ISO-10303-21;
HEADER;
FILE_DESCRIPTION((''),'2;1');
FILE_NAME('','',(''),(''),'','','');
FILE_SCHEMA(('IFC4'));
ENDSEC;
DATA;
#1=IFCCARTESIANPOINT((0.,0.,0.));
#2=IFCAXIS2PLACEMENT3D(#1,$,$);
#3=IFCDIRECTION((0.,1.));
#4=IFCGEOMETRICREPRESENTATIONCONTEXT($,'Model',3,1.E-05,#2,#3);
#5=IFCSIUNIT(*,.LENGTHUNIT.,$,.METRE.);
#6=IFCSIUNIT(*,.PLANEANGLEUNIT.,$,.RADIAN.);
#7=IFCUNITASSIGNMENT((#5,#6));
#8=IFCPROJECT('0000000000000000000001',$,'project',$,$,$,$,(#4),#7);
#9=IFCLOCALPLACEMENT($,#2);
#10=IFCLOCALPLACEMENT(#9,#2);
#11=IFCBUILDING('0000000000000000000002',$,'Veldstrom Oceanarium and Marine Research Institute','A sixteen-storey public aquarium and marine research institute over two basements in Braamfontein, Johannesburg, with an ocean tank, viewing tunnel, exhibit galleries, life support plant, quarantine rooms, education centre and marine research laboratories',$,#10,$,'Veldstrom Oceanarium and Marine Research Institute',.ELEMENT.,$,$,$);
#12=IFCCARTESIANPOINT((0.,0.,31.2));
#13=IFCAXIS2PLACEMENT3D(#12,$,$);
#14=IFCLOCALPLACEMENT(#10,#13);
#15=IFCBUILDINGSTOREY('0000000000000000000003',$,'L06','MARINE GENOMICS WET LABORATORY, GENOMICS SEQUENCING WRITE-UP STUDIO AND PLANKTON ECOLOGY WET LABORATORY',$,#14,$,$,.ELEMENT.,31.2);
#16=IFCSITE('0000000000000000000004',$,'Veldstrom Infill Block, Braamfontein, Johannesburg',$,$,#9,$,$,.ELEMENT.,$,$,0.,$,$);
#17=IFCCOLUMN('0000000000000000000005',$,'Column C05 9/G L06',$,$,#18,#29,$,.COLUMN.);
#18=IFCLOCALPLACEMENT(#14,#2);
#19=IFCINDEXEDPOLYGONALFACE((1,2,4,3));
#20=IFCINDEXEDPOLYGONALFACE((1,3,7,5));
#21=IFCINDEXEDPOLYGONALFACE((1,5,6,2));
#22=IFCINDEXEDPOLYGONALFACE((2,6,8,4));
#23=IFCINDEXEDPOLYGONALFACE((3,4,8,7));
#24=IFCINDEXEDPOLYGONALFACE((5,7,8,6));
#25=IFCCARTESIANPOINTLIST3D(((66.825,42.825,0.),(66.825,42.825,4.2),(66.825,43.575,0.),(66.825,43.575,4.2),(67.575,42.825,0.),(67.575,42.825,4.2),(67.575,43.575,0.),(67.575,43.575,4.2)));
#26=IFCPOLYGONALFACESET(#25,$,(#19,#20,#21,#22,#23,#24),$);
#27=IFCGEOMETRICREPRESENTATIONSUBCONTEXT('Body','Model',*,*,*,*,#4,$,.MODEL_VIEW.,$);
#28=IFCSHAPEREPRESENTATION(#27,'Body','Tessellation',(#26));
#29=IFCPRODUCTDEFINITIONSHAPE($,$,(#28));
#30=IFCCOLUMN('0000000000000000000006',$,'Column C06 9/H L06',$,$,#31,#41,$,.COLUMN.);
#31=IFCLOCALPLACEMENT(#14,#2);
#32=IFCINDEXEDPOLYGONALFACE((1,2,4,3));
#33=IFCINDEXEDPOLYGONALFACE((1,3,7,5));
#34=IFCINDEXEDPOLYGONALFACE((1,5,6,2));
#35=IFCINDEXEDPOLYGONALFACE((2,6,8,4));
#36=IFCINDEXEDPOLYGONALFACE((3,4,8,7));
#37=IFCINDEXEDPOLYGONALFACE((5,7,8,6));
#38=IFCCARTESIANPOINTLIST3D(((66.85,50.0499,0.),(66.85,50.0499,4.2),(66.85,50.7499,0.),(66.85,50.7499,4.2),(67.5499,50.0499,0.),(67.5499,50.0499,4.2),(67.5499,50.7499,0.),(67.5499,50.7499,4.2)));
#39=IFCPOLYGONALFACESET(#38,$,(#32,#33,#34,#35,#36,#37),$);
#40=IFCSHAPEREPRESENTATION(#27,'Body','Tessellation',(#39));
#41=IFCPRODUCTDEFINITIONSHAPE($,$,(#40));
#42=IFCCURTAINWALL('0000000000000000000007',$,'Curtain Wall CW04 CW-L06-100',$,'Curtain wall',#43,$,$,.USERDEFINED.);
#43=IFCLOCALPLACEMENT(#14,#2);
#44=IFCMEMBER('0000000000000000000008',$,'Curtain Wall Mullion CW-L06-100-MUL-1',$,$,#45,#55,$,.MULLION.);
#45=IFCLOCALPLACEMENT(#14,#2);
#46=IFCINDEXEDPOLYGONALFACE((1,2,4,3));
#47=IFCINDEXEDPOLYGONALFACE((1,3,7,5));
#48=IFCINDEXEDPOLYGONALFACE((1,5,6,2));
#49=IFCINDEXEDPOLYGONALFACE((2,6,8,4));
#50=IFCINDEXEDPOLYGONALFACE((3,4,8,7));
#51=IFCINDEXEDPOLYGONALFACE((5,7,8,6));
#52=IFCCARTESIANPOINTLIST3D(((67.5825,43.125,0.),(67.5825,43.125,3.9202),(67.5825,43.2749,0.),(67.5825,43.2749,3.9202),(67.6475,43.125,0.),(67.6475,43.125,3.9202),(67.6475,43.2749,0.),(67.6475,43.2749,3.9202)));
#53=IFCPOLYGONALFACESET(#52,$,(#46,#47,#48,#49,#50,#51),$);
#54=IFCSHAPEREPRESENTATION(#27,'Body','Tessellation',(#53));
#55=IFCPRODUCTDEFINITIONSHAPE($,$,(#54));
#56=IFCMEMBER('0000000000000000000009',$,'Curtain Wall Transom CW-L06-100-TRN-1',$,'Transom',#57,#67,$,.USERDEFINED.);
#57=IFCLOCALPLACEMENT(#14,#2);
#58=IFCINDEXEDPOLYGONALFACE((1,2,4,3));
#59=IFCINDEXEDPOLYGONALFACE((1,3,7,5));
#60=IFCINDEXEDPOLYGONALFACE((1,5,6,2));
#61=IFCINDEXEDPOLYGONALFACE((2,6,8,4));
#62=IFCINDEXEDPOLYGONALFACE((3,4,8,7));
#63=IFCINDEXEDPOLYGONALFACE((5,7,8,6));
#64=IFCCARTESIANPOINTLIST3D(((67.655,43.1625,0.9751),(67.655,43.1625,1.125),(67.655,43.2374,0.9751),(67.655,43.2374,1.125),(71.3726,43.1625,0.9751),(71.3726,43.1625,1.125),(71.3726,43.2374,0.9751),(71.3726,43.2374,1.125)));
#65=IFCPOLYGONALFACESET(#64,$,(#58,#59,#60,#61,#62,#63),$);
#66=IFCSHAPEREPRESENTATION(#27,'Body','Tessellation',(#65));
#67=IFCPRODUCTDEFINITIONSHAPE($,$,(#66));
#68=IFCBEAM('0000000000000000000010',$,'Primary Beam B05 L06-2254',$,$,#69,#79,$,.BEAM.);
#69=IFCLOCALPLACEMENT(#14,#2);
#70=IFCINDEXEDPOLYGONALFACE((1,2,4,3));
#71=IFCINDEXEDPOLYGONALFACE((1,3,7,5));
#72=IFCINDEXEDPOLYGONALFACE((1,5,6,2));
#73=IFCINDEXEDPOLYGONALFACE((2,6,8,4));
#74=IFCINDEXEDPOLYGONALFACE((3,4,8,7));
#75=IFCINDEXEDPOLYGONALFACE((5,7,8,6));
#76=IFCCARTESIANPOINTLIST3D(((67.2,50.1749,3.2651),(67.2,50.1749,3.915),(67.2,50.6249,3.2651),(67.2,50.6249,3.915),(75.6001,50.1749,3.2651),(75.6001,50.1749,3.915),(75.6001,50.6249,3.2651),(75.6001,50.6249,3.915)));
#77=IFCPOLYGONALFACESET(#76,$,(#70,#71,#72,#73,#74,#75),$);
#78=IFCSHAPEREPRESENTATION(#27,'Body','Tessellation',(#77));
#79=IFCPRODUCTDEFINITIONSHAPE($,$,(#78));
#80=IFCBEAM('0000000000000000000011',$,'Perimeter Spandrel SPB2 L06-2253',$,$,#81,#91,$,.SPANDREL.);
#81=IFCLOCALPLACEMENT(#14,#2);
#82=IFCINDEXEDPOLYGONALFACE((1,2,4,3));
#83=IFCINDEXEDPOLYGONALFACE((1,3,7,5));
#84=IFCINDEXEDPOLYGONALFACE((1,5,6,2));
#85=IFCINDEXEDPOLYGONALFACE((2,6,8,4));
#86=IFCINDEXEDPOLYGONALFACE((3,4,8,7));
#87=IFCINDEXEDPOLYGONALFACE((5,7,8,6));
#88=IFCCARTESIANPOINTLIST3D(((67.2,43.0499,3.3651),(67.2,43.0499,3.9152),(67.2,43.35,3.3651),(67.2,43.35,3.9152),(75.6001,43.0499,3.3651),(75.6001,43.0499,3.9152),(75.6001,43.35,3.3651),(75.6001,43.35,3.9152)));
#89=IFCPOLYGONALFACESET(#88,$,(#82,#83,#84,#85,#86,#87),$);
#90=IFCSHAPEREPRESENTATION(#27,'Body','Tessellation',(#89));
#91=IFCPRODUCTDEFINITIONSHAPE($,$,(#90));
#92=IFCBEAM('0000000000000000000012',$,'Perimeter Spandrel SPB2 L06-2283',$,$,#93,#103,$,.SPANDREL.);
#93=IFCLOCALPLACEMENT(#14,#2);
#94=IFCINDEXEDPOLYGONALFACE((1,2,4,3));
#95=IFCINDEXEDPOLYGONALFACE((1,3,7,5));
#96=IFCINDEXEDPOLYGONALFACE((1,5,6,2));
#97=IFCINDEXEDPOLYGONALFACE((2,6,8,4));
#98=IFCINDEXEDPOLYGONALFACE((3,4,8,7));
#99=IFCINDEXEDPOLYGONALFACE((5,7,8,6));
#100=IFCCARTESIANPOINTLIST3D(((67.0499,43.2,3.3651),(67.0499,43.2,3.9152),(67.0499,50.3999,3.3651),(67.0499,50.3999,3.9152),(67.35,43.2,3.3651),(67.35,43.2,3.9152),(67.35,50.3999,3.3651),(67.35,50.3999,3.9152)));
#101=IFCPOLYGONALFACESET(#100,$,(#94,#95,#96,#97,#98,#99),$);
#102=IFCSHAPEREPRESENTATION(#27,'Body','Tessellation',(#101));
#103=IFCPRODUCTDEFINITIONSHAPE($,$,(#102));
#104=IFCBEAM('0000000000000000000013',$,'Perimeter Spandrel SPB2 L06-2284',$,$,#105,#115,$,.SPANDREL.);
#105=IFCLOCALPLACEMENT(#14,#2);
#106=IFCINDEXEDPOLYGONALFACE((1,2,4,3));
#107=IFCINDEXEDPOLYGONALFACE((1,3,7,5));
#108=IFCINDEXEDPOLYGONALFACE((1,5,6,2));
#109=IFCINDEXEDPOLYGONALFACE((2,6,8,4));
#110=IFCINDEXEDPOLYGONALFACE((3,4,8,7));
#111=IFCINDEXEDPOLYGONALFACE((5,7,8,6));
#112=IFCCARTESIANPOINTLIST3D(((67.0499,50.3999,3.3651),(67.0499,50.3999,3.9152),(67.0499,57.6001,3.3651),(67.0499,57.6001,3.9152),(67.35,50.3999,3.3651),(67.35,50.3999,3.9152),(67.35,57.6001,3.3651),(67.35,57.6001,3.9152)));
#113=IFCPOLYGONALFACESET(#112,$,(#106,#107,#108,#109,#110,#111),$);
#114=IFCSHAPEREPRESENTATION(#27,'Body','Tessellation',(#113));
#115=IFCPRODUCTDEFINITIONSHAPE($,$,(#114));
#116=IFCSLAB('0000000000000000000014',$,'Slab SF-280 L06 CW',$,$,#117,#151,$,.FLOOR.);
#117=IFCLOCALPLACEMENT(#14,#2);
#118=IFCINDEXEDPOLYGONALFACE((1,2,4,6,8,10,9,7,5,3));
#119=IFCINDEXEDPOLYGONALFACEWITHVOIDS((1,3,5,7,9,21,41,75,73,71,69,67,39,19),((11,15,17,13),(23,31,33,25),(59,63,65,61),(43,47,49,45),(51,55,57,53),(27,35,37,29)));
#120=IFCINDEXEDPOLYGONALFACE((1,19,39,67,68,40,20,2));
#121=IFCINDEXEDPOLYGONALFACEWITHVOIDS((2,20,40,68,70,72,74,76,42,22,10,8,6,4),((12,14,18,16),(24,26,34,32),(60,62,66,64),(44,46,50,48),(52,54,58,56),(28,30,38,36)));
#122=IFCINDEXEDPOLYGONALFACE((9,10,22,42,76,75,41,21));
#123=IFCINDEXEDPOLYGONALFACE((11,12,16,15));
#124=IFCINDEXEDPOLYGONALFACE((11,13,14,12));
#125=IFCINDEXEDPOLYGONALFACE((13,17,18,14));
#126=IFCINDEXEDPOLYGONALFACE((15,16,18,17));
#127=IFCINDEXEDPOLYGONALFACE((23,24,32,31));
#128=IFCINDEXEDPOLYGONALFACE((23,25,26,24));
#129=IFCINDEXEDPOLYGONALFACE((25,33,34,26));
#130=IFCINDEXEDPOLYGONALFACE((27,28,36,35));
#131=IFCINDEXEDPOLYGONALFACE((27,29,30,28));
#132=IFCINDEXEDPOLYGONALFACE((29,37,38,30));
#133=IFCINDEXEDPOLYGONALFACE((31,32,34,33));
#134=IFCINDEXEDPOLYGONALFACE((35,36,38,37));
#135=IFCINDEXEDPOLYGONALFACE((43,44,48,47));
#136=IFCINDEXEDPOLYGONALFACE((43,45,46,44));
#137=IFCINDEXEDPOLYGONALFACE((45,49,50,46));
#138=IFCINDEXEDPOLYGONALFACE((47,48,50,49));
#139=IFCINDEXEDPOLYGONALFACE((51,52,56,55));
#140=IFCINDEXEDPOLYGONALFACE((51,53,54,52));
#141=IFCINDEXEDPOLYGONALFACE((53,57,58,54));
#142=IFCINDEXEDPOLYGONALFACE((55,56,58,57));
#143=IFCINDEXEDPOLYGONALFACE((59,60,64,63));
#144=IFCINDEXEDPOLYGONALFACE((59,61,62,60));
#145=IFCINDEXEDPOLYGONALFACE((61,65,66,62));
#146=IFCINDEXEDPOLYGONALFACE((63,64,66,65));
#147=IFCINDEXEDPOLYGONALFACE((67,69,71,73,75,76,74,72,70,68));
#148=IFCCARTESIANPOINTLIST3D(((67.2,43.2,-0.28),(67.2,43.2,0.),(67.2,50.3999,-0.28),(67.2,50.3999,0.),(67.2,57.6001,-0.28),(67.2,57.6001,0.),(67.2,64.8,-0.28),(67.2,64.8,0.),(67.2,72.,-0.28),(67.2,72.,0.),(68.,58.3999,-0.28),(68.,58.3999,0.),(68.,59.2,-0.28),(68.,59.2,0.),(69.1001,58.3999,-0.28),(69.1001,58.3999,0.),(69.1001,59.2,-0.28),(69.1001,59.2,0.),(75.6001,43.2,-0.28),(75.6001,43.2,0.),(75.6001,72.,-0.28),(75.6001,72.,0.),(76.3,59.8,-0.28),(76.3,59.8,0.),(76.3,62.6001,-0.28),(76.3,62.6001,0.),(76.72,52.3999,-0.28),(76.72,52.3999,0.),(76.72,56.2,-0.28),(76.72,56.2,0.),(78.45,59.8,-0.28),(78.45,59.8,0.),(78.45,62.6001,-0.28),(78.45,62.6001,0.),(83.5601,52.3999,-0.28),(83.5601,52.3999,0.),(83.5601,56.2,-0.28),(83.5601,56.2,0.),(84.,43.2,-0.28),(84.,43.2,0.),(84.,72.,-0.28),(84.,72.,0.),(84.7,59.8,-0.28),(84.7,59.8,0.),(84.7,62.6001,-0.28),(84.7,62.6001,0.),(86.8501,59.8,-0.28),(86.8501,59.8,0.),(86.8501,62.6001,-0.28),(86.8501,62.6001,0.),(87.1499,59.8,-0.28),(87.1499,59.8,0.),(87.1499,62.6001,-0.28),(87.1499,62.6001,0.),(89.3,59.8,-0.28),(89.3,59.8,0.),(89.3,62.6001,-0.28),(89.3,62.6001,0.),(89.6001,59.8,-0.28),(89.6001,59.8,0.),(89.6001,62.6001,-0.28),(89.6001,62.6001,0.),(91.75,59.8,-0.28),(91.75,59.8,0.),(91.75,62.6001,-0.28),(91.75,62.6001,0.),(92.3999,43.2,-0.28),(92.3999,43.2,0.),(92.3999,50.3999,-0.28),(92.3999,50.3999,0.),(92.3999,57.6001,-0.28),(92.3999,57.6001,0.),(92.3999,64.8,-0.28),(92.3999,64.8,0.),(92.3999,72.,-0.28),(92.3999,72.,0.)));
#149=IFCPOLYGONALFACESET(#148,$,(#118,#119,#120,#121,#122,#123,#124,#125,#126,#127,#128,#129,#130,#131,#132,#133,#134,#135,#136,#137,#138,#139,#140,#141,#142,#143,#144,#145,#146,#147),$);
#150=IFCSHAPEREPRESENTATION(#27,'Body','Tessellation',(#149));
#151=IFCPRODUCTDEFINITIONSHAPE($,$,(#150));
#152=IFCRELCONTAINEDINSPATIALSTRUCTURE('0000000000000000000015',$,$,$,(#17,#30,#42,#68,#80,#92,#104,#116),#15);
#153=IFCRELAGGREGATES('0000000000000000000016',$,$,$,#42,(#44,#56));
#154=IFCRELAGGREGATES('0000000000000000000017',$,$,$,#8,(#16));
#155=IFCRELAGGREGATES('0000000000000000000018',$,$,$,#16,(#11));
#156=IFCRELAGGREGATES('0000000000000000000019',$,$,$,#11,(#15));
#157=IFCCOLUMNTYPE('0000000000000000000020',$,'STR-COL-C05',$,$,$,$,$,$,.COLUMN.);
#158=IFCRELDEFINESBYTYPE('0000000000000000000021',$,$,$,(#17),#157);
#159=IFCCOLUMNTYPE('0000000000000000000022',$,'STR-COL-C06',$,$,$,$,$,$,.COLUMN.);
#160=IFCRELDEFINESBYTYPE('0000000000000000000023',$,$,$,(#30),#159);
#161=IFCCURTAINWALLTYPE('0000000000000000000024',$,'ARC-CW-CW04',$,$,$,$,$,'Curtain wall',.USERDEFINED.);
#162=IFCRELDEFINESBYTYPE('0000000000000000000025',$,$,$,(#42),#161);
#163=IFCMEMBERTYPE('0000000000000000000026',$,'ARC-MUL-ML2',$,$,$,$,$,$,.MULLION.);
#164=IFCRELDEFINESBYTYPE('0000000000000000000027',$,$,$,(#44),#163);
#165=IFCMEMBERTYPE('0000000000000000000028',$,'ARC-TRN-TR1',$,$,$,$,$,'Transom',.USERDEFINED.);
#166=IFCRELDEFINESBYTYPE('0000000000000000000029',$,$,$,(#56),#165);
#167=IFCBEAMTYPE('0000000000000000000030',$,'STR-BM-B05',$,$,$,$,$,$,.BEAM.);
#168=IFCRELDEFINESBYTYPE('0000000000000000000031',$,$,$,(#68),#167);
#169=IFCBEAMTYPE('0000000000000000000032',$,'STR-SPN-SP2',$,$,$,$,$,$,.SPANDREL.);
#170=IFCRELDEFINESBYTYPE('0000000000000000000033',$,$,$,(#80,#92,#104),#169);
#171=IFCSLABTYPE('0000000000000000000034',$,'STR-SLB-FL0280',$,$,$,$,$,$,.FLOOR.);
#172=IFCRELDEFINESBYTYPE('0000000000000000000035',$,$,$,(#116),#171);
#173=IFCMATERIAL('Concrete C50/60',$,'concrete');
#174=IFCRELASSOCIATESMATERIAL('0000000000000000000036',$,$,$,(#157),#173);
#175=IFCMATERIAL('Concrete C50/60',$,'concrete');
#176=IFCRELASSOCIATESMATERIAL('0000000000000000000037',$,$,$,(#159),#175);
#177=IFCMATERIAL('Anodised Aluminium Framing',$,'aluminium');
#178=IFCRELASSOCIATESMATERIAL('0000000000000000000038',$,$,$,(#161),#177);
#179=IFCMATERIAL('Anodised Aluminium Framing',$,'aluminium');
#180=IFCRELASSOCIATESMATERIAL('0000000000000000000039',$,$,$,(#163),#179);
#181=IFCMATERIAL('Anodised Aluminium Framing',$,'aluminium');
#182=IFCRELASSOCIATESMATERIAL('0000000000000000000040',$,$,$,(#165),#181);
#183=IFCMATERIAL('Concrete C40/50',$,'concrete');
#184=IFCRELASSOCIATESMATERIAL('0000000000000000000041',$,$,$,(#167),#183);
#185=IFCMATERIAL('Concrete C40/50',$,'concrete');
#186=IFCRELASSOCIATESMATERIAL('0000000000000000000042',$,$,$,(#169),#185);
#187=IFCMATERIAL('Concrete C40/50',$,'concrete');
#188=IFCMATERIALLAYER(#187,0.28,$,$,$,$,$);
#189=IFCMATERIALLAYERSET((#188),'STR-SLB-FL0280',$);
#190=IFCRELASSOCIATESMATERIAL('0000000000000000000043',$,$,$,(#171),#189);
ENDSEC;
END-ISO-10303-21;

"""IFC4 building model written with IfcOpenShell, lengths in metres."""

from ifc_helpers import new_model, si_unit, direction, frame, origin, origin_2d, place, context, subcontext, project, spatial, polyline, rectangle, outline, extrude, material, layer, layer_set, material_profile, profile_set, type_object, element, aggregate, save


model = new_model("IFC4")

# Units and contexts
model_context = context("Model", 3, precision=1e-05, world=origin(), true_north=direction((0.0, 1.0)))
body_context = subcontext(model_context, "Body", "Model", "MODEL_VIEW")
ifc_project = project(units=[si_unit("LENGTHUNIT", "METRE"), si_unit("PLANEANGLEUNIT", "RADIAN")], contexts=[model_context])

# Site, building, storey
site_placement = place(None, origin())
site = spatial("IfcSite", under=ifc_project, at=site_placement, Name="Veldstrom Infill Block, Braamfontein, Johannesburg", CompositionType="ELEMENT", RefElevation=0.0)
building_placement = place(site_placement, origin())
building = spatial("IfcBuilding", under=site, at=building_placement, Name="Veldstrom Oceanarium and Marine Research Institute", Description="A sixteen-storey public aquarium and marine research institute over two basements in Braamfontein, Johannesburg, with an ocean tank, viewing tunnel, exhibit galleries, life support plant, quarantine rooms, education centre and marine research laboratories", LongName="Veldstrom Oceanarium and Marine Research Institute", CompositionType="ELEMENT")
storey_placement = place(building_placement, frame((0.0, 0.0, 31.2)))
storey = spatial("IfcBuildingStorey", under=building, at=storey_placement, Name="L06", Description="MARINE GENOMICS WET LABORATORY, GENOMICS SEQUENCING WRITE-UP STUDIO AND PLANKTON ECOLOGY WET LABORATORY", CompositionType="ELEMENT", Elevation=31.2)

# Columns
ifc_material_1 = material(Name="Concrete C50/60", Category="concrete")
ifc_material_profile_1 = material_profile(ifc_material_1, rectangle(XDim=0.75, YDim=0.75, at=origin_2d()), Name="RC-COL-750x750")
ifc_profile_set_1 = profile_set([ifc_material_profile_1], Name="Concrete C50/60")
column_type_1 = type_object("IfcColumnType", Name="STR-COL-C05", PredefinedType="COLUMN", material=ifc_profile_set_1)
column_1_placement = place(storey_placement, frame((67.2, 43.2, 0.0), z_axis=(0.0, 0.0, 1.0), x_axis=(1.0, 0.0, 0.0)))
element("IfcColumn", 1, at=column_1_placement, inside=storey, type_object=column_type_1, Name="Column C05 9/G L06", PredefinedType="COLUMN", context=body_context, shape_type="SweptSolid", body=[
    extrude(rectangle(XDim=0.75, YDim=0.75, at=origin_2d()), origin(), (0.0, 0.0, 1.0), 4.2),
])
ifc_material_2 = material(Name="Concrete C50/60", Category="concrete")
ifc_material_profile_2 = material_profile(ifc_material_2, rectangle(XDim=0.7, YDim=0.7, at=origin_2d()), Name="RC-COL-700x700")
ifc_profile_set_2 = profile_set([ifc_material_profile_2], Name="Concrete C50/60")
column_type_2 = type_object("IfcColumnType", Name="STR-COL-C06", PredefinedType="COLUMN", material=ifc_profile_set_2)
column_2_placement = place(storey_placement, frame((67.2, 50.3999, 0.0), z_axis=(0.0, 0.0, 1.0), x_axis=(1.0, 0.0, 0.0)))
element("IfcColumn", 2, at=column_2_placement, inside=storey, type_object=column_type_2, Name="Column C06 9/H L06", PredefinedType="COLUMN", context=body_context, shape_type="SweptSolid", body=[
    extrude(rectangle(XDim=0.7, YDim=0.7, at=origin_2d()), origin(), (0.0, 0.0, 1.0), 4.2),
])

# Curtain wall, members
ifc_material_3 = material(Name="Anodised Aluminium Framing", Category="aluminium")
curtain_wall_type = type_object("IfcCurtainWallType", Name="ARC-CW-CW04", ElementType="Curtain wall", PredefinedType="USERDEFINED", material=ifc_material_3)
curtain_wall_placement = place(storey_placement, origin())
curtain_wall = element("IfcCurtainWall", 3, at=curtain_wall_placement, inside=storey, type_object=curtain_wall_type, Name="Curtain Wall CW04 CW-L06-100", ObjectType="Curtain wall", PredefinedType="USERDEFINED")
ifc_material_4 = material(Name="Anodised Aluminium Framing", Category="aluminium")
ifc_material_profile_3 = material_profile(ifc_material_4, rectangle(XDim=0.0649, YDim=0.1499, at=origin_2d()), Name="ALU-MUL-65x150")
ifc_profile_set_3 = profile_set([ifc_material_profile_3], Name="Anodised Aluminium Framing")
member_type_1 = type_object("IfcMemberType", Name="ARC-MUL-ML2", PredefinedType="MULLION", material=ifc_profile_set_3)
member_1_placement = place(storey_placement, frame((67.615, 43.2, 0.0), z_axis=(0.0, 0.0, 1.0), x_axis=(1.0, 0.0, 0.0)))
member_1 = element("IfcMember", 4, at=member_1_placement, type_object=member_type_1, Name="Curtain Wall Mullion CW-L06-100-MUL-1", PredefinedType="MULLION", context=body_context, shape_type="SweptSolid", body=[
    extrude(rectangle(XDim=0.0649, YDim=0.1499, at=origin_2d()), origin(), (0.0, 0.0, 1.0), 3.9202),
])
ifc_material_5 = material(Name="Anodised Aluminium Framing", Category="aluminium")
ifc_material_profile_4 = material_profile(ifc_material_5, rectangle(XDim=0.075, YDim=0.1499, at=origin_2d()), Name="ALU-TRN-75x150")
ifc_profile_set_4 = profile_set([ifc_material_profile_4], Name="Anodised Aluminium Framing")
member_type_2 = type_object("IfcMemberType", Name="ARC-TRN-TR1", ElementType="Transom", PredefinedType="USERDEFINED", material=ifc_profile_set_4)
member_2_placement = place(storey_placement, frame((67.655, 43.2, 1.05), z_axis=(1.0, 0.0, 0.0), x_axis=(0.0, 1.0, 0.0)))
member_2 = element("IfcMember", 5, at=member_2_placement, type_object=member_type_2, Name="Curtain Wall Transom CW-L06-100-TRN-1", ObjectType="Transom", PredefinedType="USERDEFINED", context=body_context, shape_type="SweptSolid", body=[
    extrude(rectangle(XDim=0.075, YDim=0.1499, at=origin_2d()), origin(), (0.0, 0.0, 1.0), 3.7175),
])
aggregate(curtain_wall, [member_1, member_2])

# Beams
ifc_material_6 = material(Name="Concrete C40/50", Category="concrete")
ifc_material_profile_5 = material_profile(ifc_material_6, rectangle(XDim=0.45, YDim=0.6499, at=origin_2d()), Name="RC-BM-450x650")
ifc_profile_set_5 = profile_set([ifc_material_profile_5], Name="Concrete C40/50")
beam_type_1 = type_object("IfcBeamType", Name="STR-BM-B05", PredefinedType="BEAM", material=ifc_profile_set_5)
beam_1_placement = place(storey_placement, frame((67.2, 50.3999, 3.5901), z_axis=(1.0, 0.0, 0.0), x_axis=(0.0, 1.0, 0.0)))
element("IfcBeam", 6, at=beam_1_placement, inside=storey, type_object=beam_type_1, Name="Primary Beam B05 L06-2254", PredefinedType="BEAM", context=body_context, shape_type="SweptSolid", body=[
    extrude(rectangle(XDim=0.45, YDim=0.6499, at=origin_2d()), origin(), (0.0, 0.0, 1.0), 8.4001),
])
ifc_material_7 = material(Name="Concrete C40/50", Category="concrete")
ifc_material_profile_6 = material_profile(ifc_material_7, rectangle(XDim=0.3, YDim=0.55, at=origin_2d()), Name="RC-SPN-300x550")
ifc_profile_set_6 = profile_set([ifc_material_profile_6], Name="Concrete C40/50")
beam_type_2 = type_object("IfcBeamType", Name="STR-SPN-SP2", PredefinedType="SPANDREL", material=ifc_profile_set_6)
beam_2_placement = place(storey_placement, frame((67.2, 43.2, 3.6401), z_axis=(1.0, 0.0, 0.0), x_axis=(0.0, 1.0, 0.0)))
element("IfcBeam", 7, at=beam_2_placement, inside=storey, type_object=beam_type_2, Name="Perimeter Spandrel SPB2 L06-2253", PredefinedType="SPANDREL", context=body_context, shape_type="SweptSolid", body=[
    extrude(rectangle(XDim=0.3, YDim=0.55, at=origin_2d()), origin(), (0.0, 0.0, 1.0), 8.4001),
])
beam_3_placement = place(storey_placement, frame((67.2, 43.2, 3.6401), z_axis=(0.0, 1.0, 0.0), x_axis=(-1.0, 0.0, 0.0)))
element("IfcBeam", 8, at=beam_3_placement, inside=storey, type_object=beam_type_2, Name="Perimeter Spandrel SPB2 L06-2283", PredefinedType="SPANDREL", context=body_context, shape_type="SweptSolid", body=[
    extrude(rectangle(XDim=0.3, YDim=0.55, at=origin_2d()), origin(), (0.0, 0.0, 1.0), 7.2),
])
beam_4_placement = place(storey_placement, frame((67.2, 50.3999, 3.6401), z_axis=(0.0, 1.0, 0.0), x_axis=(-1.0, 0.0, 0.0)))
element("IfcBeam", 9, at=beam_4_placement, inside=storey, type_object=beam_type_2, Name="Perimeter Spandrel SPB2 L06-2284", PredefinedType="SPANDREL", context=body_context, shape_type="SweptSolid", body=[
    extrude(rectangle(XDim=0.3, YDim=0.55, at=origin_2d()), origin(), (0.0, 0.0, 1.0), 7.2002),
])

# Slab
ifc_material_8 = material(Name="Concrete C40/50", Category="concrete")
ifc_layer_1 = layer(ifc_material_8, 0.28)
ifc_layer_set_1 = layer_set([ifc_layer_1], Name="STR-SLB-FL0280")
slab_type_1 = type_object("IfcSlabType", Name="STR-SLB-FL0280", PredefinedType="FLOOR", material=ifc_layer_set_1)
slab_1_placement = place(storey_placement, frame((0.0, 0.0, -0.28)))
element("IfcSlab", 10, at=slab_1_placement, inside=storey, type_object=slab_type_1, Name="Slab SF-280 L06 CW", PredefinedType="FLOOR", context=body_context, shape_type="SweptSolid", body=[
    extrude(outline(polyline([(92.3999, 50.3999), (92.3999, 43.2), (84.0, 43.2), (75.6001, 43.2), (67.2, 43.2), (67.2, 50.3999), (67.2, 57.6001), (67.2, 64.8), (67.2, 72.0), (75.6001, 72.0), (84.0, 72.0), (92.3999, 72.0), (92.3999, 64.8), (92.3999, 57.6001), (92.3999, 50.3999)]), holes=[polyline([(83.5601, 52.3999), (83.5601, 56.2), (76.72, 56.2), (76.72, 52.3999), (83.5601, 52.3999)]), polyline([(76.3, 62.6001), (76.3, 59.8), (78.45, 59.8), (78.45, 62.6001), (76.3, 62.6001)]), polyline([(86.8501, 59.8), (86.8501, 62.6001), (84.7, 62.6001), (84.7, 59.8), (86.8501, 59.8)]), polyline([(87.1499, 59.8), (89.3, 59.8), (89.3, 62.6001), (87.1499, 62.6001), (87.1499, 59.8)]), polyline([(89.6001, 62.6001), (89.6001, 59.8), (91.75, 59.8), (91.75, 62.6001), (89.6001, 62.6001)]), polyline([(69.1001, 59.2), (68.0, 59.2), (68.0, 58.3999), (69.1001, 58.3999), (69.1001, 59.2)])]), origin(), (0.0, 0.0, 1.0), 0.28),
])

save(model, "model.ifc")
